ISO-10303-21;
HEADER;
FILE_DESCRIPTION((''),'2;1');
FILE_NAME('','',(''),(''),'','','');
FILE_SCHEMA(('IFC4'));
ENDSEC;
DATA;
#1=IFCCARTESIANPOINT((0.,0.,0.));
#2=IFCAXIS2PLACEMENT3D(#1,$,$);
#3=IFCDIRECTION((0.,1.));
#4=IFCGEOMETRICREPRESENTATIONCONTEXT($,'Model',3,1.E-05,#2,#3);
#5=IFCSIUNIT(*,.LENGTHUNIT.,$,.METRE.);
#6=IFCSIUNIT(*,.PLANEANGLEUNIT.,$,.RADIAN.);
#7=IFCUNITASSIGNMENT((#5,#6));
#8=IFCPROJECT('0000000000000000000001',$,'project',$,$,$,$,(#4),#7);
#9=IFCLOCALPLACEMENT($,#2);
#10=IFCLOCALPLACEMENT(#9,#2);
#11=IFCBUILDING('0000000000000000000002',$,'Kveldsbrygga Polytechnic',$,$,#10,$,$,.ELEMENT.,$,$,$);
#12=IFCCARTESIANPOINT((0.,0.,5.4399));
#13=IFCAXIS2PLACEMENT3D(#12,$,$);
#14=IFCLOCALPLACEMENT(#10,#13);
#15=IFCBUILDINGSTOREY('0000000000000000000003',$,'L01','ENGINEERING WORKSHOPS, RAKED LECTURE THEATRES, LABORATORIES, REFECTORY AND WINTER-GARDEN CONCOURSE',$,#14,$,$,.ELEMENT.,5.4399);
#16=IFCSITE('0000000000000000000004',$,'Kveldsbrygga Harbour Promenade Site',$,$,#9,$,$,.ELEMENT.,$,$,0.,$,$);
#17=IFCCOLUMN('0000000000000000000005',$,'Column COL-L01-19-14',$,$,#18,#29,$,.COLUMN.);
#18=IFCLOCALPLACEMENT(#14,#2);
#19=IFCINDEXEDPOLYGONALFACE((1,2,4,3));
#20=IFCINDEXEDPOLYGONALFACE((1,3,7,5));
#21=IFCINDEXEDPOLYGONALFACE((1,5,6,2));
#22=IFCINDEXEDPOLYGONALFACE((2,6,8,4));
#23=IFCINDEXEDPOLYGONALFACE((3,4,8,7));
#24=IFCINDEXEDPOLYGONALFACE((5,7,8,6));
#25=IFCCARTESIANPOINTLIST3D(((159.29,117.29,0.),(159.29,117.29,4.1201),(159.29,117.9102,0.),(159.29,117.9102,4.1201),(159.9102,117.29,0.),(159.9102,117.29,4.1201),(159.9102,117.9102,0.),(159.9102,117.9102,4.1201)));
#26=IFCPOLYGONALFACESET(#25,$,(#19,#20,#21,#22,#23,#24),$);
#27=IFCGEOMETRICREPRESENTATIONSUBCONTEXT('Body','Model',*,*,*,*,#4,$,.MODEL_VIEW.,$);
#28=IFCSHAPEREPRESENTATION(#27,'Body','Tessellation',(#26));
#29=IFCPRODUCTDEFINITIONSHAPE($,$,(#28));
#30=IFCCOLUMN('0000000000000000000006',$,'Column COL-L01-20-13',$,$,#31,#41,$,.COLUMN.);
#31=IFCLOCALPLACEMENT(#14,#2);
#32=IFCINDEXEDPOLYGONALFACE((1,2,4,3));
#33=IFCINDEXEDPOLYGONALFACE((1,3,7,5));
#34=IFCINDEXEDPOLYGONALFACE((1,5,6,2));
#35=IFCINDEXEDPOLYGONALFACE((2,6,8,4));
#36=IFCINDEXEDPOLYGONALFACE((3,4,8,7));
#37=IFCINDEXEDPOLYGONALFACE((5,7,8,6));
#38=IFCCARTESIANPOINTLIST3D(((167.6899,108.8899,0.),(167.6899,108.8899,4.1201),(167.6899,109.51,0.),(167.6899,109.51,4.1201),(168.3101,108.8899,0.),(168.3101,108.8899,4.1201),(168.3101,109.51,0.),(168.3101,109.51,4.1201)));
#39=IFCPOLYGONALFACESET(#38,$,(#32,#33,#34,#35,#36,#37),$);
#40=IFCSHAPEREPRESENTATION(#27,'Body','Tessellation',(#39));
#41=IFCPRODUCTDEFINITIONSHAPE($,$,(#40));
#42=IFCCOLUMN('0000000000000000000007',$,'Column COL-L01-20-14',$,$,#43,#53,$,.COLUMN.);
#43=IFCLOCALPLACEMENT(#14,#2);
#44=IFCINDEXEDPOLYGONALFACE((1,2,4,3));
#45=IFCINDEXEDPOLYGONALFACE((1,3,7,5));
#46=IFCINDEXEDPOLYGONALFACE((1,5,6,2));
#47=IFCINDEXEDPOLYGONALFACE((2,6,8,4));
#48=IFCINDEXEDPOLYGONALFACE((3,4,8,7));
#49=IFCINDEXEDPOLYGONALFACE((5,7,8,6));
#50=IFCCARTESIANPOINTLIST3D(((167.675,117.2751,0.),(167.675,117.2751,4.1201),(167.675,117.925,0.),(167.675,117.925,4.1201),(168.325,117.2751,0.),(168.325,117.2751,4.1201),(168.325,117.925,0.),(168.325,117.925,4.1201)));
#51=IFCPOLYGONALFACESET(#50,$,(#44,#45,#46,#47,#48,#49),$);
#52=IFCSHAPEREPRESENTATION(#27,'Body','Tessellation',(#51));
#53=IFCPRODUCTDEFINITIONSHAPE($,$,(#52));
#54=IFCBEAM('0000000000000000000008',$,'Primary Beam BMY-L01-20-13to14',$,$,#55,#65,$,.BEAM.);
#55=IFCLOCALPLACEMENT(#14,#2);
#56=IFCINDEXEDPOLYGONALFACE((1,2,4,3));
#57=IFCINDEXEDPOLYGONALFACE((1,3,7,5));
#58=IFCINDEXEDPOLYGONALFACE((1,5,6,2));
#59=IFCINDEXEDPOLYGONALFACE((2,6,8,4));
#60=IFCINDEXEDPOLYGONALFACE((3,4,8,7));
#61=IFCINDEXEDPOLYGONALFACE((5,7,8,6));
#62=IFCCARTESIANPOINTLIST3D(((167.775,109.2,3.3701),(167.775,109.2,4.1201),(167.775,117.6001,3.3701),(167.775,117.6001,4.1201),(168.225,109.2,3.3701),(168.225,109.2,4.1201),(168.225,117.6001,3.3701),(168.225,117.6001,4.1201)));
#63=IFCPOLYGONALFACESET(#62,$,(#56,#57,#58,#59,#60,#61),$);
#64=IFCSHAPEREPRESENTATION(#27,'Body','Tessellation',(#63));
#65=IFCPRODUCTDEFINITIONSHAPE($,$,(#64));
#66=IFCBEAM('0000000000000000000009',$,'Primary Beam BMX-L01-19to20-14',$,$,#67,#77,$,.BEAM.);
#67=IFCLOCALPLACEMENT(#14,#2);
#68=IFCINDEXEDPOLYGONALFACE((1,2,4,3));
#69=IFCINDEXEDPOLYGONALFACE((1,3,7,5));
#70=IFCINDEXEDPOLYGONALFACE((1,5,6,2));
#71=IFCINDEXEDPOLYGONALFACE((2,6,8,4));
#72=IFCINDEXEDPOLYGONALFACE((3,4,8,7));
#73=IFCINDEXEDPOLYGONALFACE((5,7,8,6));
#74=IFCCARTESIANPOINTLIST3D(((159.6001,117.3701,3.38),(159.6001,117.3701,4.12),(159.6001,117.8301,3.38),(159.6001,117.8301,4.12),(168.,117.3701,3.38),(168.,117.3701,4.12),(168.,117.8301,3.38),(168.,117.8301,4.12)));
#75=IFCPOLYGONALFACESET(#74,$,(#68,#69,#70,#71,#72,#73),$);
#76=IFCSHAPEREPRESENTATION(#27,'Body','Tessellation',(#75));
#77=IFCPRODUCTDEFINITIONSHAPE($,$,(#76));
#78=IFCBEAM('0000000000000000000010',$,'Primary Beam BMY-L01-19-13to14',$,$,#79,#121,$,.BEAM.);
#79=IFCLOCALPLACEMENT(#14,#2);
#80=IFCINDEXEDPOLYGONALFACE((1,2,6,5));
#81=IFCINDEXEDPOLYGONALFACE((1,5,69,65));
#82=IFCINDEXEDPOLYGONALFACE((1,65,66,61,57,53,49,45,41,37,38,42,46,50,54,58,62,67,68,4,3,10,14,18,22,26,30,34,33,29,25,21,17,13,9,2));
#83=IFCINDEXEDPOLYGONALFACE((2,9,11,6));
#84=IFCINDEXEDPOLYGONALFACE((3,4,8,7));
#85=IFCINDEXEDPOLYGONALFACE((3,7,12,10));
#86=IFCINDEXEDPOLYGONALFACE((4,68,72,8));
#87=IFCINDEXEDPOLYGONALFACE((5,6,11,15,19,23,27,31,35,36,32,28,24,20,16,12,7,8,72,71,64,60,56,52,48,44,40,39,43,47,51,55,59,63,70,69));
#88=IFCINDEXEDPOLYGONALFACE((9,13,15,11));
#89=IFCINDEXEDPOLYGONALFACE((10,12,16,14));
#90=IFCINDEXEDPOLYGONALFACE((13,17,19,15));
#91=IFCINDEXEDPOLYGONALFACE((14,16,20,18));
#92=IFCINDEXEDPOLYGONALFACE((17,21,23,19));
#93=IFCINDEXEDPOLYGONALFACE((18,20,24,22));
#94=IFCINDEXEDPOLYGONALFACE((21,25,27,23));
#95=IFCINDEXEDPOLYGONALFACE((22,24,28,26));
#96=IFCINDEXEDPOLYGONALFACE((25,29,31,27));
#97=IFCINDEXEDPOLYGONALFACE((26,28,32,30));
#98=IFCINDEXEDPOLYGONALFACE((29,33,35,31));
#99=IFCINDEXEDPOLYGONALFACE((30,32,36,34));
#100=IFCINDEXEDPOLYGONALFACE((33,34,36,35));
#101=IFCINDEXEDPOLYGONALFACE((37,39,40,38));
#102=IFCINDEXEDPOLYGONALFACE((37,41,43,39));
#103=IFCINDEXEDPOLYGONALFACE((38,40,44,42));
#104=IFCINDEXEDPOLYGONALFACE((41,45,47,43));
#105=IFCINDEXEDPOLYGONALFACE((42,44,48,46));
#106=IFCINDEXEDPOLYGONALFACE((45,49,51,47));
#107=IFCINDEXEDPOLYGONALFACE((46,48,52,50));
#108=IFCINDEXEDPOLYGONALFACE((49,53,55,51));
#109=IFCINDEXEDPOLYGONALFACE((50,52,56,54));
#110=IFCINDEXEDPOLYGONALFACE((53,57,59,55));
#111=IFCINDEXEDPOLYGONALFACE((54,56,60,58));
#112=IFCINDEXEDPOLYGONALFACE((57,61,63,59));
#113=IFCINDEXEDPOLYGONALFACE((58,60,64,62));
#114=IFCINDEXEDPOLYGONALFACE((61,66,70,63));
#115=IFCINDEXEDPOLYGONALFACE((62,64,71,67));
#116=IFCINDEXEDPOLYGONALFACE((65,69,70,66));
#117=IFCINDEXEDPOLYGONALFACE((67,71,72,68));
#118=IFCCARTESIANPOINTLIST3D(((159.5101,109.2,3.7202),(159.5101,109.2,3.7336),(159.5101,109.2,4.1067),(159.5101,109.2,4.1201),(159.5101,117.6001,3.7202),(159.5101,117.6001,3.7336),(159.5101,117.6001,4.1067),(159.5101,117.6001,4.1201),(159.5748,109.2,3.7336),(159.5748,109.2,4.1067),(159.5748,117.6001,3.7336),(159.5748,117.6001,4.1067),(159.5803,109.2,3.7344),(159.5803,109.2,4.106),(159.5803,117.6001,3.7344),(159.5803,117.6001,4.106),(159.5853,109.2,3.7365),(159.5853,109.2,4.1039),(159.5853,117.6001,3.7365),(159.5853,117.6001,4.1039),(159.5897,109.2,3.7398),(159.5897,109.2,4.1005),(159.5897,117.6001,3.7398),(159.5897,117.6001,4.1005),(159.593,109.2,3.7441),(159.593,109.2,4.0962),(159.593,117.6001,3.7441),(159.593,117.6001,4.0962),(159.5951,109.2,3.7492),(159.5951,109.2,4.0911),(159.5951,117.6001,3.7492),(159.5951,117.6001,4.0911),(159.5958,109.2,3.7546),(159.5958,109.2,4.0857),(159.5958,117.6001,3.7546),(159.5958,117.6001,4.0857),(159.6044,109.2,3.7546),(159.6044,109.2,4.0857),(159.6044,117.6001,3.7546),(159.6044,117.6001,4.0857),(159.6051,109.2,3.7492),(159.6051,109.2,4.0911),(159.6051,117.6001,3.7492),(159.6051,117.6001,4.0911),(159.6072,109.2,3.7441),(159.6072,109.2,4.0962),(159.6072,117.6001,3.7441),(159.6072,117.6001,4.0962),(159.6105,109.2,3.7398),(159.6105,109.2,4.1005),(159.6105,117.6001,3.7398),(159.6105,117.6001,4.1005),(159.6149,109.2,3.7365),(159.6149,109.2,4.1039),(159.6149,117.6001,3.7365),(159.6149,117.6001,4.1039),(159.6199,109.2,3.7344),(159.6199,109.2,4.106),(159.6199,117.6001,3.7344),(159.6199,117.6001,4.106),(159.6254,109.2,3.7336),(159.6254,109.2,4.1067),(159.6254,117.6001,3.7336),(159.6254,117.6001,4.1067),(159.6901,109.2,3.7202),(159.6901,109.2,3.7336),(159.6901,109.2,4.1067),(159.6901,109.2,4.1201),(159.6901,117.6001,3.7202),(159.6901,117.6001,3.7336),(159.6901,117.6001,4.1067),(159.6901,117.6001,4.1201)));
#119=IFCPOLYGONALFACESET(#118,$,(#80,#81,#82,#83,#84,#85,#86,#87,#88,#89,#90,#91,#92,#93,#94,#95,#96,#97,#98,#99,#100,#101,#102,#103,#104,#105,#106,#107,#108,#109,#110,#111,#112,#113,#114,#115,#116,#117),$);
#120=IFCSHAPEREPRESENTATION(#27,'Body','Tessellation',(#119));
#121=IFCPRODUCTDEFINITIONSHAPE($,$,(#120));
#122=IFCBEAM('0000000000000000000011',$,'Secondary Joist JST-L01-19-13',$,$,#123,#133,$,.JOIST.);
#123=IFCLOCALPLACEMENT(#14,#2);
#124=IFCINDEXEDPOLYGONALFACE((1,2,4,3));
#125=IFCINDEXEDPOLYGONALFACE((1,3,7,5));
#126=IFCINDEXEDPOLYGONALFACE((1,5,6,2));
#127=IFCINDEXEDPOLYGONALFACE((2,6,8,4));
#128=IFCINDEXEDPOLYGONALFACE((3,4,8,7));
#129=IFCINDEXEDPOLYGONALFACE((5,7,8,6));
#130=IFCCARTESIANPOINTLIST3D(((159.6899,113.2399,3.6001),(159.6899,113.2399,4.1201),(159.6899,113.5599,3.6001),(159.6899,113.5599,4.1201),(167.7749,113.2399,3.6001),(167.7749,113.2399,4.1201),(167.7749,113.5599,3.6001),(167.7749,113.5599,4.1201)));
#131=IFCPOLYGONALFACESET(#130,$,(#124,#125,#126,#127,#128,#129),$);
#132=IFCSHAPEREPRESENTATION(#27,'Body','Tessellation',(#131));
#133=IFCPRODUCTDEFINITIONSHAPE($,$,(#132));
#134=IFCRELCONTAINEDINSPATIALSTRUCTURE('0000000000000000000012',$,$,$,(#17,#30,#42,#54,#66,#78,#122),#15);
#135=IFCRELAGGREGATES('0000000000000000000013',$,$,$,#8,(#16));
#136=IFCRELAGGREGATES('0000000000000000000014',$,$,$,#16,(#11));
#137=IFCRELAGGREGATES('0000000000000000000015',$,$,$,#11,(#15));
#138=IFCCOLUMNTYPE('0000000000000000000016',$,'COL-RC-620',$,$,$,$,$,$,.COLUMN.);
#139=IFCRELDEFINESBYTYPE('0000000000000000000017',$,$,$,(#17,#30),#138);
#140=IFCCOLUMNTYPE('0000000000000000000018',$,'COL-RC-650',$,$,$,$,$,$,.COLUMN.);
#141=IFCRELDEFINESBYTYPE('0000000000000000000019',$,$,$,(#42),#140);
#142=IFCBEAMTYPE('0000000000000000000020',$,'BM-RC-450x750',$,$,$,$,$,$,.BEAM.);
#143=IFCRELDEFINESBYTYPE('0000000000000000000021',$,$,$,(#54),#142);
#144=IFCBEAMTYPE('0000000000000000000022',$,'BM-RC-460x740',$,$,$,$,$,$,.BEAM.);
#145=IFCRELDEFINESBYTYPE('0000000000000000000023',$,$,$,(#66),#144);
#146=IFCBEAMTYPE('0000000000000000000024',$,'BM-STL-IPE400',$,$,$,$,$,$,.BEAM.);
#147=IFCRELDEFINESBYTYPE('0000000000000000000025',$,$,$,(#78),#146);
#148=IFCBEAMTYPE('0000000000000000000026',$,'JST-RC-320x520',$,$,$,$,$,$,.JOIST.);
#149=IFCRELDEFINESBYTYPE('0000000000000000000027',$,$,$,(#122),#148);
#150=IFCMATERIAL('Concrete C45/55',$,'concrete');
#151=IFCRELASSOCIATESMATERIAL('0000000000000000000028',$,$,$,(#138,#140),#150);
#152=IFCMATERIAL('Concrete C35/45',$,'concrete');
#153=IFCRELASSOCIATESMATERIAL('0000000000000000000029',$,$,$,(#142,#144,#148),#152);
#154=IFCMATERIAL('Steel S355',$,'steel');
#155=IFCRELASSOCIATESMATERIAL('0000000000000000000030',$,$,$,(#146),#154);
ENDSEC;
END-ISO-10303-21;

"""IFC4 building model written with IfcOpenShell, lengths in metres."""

from ifc_helpers import new_model, si_unit, direction, frame, origin, origin_2d, place, context, subcontext, project, spatial, rectangle, i_section, extrude, material, material_profile, profile_set, type_object, element, save


model = new_model("IFC4")

# Units and contexts
model_context = context("Model", 3, precision=1e-05, world=origin(), true_north=direction((0.0, 1.0)))
body_context = subcontext(model_context, "Body", "Model", "MODEL_VIEW")
ifc_project = project(units=[si_unit("LENGTHUNIT", "METRE"), si_unit("PLANEANGLEUNIT", "RADIAN")], contexts=[model_context])

# Site, building, storey
site_placement = place(None, origin())
site = spatial("IfcSite", under=ifc_project, at=site_placement, Name="Kveldsbrygga Harbour Promenade Site", CompositionType="ELEMENT", RefElevation=0.0)
building_placement = place(site_placement, origin())
building = spatial("IfcBuilding", under=site, at=building_placement, Name="Kveldsbrygga Polytechnic", CompositionType="ELEMENT")
storey_placement = place(building_placement, frame((0.0, 0.0, 5.4399)))
storey = spatial("IfcBuildingStorey", under=building, at=storey_placement, Name="L01", Description="ENGINEERING WORKSHOPS, RAKED LECTURE THEATRES, LABORATORIES, REFECTORY AND WINTER-GARDEN CONCOURSE", CompositionType="ELEMENT", Elevation=5.4399)

# Columns
ifc_material_1 = material(Name="Concrete C45/55", Category="concrete")
ifc_material_profile_1 = material_profile(ifc_material_1, rectangle(XDim=0.6201, YDim=0.6201, at=origin_2d()), Name="RC 620x620")
ifc_profile_set_1 = profile_set([ifc_material_profile_1], Name="Concrete C45/55")
column_type_1 = type_object("IfcColumnType", Name="COL-RC-620", PredefinedType="COLUMN", material=ifc_profile_set_1)
for number, where, z_axis, x_axis, name in (
    (1, (159.6001, 117.6001, 0.0), (0.0, 0.0, 1.0), (1.0, 0.0, 0.0), "Column COL-L01-19-14"),
    (2, (168.0, 109.2, 0.0), (0.0, 0.0, 1.0), (1.0, 0.0, 0.0), "Column COL-L01-20-13"),
):
    element("IfcColumn", number, at=place(storey_placement, frame(where, z_axis=z_axis, x_axis=x_axis)), inside=storey, type_object=column_type_1, Name=name, PredefinedType="COLUMN", context=body_context, shape_type="SweptSolid", body=[
        extrude(rectangle(XDim=0.6201, YDim=0.6201, at=origin_2d()), origin(), (0.0, 0.0, 1.0), 4.1201),
    ])
ifc_material_profile_2 = material_profile(ifc_material_1, rectangle(XDim=0.6499, YDim=0.6499, at=origin_2d()), Name="RC 650x650")
ifc_profile_set_2 = profile_set([ifc_material_profile_2], Name="Concrete C45/55")
column_type_2 = type_object("IfcColumnType", Name="COL-RC-650", PredefinedType="COLUMN", material=ifc_profile_set_2)
column_placement = place(storey_placement, frame((168.0, 117.6001, 0.0), z_axis=(0.0, 0.0, 1.0), x_axis=(1.0, 0.0, 0.0)))
element("IfcColumn", 3, at=column_placement, inside=storey, type_object=column_type_2, Name="Column COL-L01-20-14", PredefinedType="COLUMN", context=body_context, shape_type="SweptSolid", body=[
    extrude(rectangle(XDim=0.6499, YDim=0.6499, at=origin_2d()), origin(), (0.0, 0.0, 1.0), 4.1201),
])

# Beams
ifc_material_2 = material(Name="Concrete C35/45", Category="concrete")
ifc_material_profile_3 = material_profile(ifc_material_2, rectangle(XDim=0.45, YDim=0.75, at=origin_2d()), Name="RC 450x750")
ifc_profile_set_3 = profile_set([ifc_material_profile_3], Name="Concrete C35/45")
beam_type_1 = type_object("IfcBeamType", Name="BM-RC-450x750", PredefinedType="BEAM", material=ifc_profile_set_3)
beam_1_placement = place(storey_placement, frame((168.0, 109.2, 3.7451), z_axis=(0.0, 1.0, 0.0), x_axis=(-1.0, 0.0, 0.0)))
element("IfcBeam", 4, at=beam_1_placement, inside=storey, type_object=beam_type_1, Name="Primary Beam BMY-L01-20-13to14", PredefinedType="BEAM", context=body_context, shape_type="SweptSolid", body=[
    extrude(rectangle(XDim=0.45, YDim=0.75, at=origin_2d()), origin(), (0.0, 0.0, 1.0), 8.4001),
])
ifc_material_profile_4 = material_profile(ifc_material_2, rectangle(XDim=0.46, YDim=0.74, at=origin_2d()), Name="RC 460x740")
ifc_profile_set_4 = profile_set([ifc_material_profile_4], Name="Concrete C35/45")
beam_type_2 = type_object("IfcBeamType", Name="BM-RC-460x740", PredefinedType="BEAM", material=ifc_profile_set_4)
beam_2_placement = place(storey_placement, frame((159.6001, 117.6001, 3.75), z_axis=(1.0, 0.0, 0.0), x_axis=(0.0, 1.0, 0.0)))
element("IfcBeam", 5, at=beam_2_placement, inside=storey, type_object=beam_type_2, Name="Primary Beam BMX-L01-19to20-14", PredefinedType="BEAM", context=body_context, shape_type="SweptSolid", body=[
    extrude(rectangle(XDim=0.46, YDim=0.74, at=origin_2d()), origin(), (0.0, 0.0, 1.0), 8.3999),
])
ifc_material_3 = material(Name="Steel S355", Category="steel")
ifc_material_profile_5 = material_profile(ifc_material_3, i_section(OverallWidth=0.1799, OverallDepth=0.3999, WebThickness=0.0085, FlangeThickness=0.0134, FilletRadius=0.021, at=origin_2d()), Name="IPE 400")
ifc_profile_set_5 = profile_set([ifc_material_profile_5], Name="Steel S355")
beam_type_3 = type_object("IfcBeamType", Name="BM-STL-IPE400", PredefinedType="BEAM", material=ifc_profile_set_5)
beam_3_placement = place(storey_placement, frame((159.6001, 109.2, 3.9202), z_axis=(0.0, 1.0, 0.0), x_axis=(-1.0, 0.0, 0.0)))
element("IfcBeam", 6, at=beam_3_placement, inside=storey, type_object=beam_type_3, Name="Primary Beam BMY-L01-19-13to14", PredefinedType="BEAM", context=body_context, shape_type="SweptSolid", body=[
    extrude(i_section(OverallWidth=0.1799, OverallDepth=0.3999, WebThickness=0.0085, FlangeThickness=0.0134, FilletRadius=0.021, at=origin_2d()), origin(), (0.0, 0.0, 1.0), 8.4001),
])
ifc_material_profile_6 = material_profile(ifc_material_2, rectangle(XDim=0.3201, YDim=0.52, at=origin_2d()), Name="RC 320x520")
ifc_profile_set_6 = profile_set([ifc_material_profile_6], Name="Concrete C35/45")
beam_type_4 = type_object("IfcBeamType", Name="JST-RC-320x520", PredefinedType="JOIST", material=ifc_profile_set_6)
beam_4_placement = place(storey_placement, frame((159.6899, 113.3999, 3.8601), z_axis=(1.0, 0.0, 0.0), x_axis=(0.0, 1.0, 0.0)))
element("IfcBeam", 7, at=beam_4_placement, inside=storey, type_object=beam_type_4, Name="Secondary Joist JST-L01-19-13", PredefinedType="JOIST", context=body_context, shape_type="SweptSolid", body=[
    extrude(rectangle(XDim=0.3201, YDim=0.52, at=origin_2d()), origin(), (0.0, 0.0, 1.0), 8.085),
])

save(model, "model.ifc")
